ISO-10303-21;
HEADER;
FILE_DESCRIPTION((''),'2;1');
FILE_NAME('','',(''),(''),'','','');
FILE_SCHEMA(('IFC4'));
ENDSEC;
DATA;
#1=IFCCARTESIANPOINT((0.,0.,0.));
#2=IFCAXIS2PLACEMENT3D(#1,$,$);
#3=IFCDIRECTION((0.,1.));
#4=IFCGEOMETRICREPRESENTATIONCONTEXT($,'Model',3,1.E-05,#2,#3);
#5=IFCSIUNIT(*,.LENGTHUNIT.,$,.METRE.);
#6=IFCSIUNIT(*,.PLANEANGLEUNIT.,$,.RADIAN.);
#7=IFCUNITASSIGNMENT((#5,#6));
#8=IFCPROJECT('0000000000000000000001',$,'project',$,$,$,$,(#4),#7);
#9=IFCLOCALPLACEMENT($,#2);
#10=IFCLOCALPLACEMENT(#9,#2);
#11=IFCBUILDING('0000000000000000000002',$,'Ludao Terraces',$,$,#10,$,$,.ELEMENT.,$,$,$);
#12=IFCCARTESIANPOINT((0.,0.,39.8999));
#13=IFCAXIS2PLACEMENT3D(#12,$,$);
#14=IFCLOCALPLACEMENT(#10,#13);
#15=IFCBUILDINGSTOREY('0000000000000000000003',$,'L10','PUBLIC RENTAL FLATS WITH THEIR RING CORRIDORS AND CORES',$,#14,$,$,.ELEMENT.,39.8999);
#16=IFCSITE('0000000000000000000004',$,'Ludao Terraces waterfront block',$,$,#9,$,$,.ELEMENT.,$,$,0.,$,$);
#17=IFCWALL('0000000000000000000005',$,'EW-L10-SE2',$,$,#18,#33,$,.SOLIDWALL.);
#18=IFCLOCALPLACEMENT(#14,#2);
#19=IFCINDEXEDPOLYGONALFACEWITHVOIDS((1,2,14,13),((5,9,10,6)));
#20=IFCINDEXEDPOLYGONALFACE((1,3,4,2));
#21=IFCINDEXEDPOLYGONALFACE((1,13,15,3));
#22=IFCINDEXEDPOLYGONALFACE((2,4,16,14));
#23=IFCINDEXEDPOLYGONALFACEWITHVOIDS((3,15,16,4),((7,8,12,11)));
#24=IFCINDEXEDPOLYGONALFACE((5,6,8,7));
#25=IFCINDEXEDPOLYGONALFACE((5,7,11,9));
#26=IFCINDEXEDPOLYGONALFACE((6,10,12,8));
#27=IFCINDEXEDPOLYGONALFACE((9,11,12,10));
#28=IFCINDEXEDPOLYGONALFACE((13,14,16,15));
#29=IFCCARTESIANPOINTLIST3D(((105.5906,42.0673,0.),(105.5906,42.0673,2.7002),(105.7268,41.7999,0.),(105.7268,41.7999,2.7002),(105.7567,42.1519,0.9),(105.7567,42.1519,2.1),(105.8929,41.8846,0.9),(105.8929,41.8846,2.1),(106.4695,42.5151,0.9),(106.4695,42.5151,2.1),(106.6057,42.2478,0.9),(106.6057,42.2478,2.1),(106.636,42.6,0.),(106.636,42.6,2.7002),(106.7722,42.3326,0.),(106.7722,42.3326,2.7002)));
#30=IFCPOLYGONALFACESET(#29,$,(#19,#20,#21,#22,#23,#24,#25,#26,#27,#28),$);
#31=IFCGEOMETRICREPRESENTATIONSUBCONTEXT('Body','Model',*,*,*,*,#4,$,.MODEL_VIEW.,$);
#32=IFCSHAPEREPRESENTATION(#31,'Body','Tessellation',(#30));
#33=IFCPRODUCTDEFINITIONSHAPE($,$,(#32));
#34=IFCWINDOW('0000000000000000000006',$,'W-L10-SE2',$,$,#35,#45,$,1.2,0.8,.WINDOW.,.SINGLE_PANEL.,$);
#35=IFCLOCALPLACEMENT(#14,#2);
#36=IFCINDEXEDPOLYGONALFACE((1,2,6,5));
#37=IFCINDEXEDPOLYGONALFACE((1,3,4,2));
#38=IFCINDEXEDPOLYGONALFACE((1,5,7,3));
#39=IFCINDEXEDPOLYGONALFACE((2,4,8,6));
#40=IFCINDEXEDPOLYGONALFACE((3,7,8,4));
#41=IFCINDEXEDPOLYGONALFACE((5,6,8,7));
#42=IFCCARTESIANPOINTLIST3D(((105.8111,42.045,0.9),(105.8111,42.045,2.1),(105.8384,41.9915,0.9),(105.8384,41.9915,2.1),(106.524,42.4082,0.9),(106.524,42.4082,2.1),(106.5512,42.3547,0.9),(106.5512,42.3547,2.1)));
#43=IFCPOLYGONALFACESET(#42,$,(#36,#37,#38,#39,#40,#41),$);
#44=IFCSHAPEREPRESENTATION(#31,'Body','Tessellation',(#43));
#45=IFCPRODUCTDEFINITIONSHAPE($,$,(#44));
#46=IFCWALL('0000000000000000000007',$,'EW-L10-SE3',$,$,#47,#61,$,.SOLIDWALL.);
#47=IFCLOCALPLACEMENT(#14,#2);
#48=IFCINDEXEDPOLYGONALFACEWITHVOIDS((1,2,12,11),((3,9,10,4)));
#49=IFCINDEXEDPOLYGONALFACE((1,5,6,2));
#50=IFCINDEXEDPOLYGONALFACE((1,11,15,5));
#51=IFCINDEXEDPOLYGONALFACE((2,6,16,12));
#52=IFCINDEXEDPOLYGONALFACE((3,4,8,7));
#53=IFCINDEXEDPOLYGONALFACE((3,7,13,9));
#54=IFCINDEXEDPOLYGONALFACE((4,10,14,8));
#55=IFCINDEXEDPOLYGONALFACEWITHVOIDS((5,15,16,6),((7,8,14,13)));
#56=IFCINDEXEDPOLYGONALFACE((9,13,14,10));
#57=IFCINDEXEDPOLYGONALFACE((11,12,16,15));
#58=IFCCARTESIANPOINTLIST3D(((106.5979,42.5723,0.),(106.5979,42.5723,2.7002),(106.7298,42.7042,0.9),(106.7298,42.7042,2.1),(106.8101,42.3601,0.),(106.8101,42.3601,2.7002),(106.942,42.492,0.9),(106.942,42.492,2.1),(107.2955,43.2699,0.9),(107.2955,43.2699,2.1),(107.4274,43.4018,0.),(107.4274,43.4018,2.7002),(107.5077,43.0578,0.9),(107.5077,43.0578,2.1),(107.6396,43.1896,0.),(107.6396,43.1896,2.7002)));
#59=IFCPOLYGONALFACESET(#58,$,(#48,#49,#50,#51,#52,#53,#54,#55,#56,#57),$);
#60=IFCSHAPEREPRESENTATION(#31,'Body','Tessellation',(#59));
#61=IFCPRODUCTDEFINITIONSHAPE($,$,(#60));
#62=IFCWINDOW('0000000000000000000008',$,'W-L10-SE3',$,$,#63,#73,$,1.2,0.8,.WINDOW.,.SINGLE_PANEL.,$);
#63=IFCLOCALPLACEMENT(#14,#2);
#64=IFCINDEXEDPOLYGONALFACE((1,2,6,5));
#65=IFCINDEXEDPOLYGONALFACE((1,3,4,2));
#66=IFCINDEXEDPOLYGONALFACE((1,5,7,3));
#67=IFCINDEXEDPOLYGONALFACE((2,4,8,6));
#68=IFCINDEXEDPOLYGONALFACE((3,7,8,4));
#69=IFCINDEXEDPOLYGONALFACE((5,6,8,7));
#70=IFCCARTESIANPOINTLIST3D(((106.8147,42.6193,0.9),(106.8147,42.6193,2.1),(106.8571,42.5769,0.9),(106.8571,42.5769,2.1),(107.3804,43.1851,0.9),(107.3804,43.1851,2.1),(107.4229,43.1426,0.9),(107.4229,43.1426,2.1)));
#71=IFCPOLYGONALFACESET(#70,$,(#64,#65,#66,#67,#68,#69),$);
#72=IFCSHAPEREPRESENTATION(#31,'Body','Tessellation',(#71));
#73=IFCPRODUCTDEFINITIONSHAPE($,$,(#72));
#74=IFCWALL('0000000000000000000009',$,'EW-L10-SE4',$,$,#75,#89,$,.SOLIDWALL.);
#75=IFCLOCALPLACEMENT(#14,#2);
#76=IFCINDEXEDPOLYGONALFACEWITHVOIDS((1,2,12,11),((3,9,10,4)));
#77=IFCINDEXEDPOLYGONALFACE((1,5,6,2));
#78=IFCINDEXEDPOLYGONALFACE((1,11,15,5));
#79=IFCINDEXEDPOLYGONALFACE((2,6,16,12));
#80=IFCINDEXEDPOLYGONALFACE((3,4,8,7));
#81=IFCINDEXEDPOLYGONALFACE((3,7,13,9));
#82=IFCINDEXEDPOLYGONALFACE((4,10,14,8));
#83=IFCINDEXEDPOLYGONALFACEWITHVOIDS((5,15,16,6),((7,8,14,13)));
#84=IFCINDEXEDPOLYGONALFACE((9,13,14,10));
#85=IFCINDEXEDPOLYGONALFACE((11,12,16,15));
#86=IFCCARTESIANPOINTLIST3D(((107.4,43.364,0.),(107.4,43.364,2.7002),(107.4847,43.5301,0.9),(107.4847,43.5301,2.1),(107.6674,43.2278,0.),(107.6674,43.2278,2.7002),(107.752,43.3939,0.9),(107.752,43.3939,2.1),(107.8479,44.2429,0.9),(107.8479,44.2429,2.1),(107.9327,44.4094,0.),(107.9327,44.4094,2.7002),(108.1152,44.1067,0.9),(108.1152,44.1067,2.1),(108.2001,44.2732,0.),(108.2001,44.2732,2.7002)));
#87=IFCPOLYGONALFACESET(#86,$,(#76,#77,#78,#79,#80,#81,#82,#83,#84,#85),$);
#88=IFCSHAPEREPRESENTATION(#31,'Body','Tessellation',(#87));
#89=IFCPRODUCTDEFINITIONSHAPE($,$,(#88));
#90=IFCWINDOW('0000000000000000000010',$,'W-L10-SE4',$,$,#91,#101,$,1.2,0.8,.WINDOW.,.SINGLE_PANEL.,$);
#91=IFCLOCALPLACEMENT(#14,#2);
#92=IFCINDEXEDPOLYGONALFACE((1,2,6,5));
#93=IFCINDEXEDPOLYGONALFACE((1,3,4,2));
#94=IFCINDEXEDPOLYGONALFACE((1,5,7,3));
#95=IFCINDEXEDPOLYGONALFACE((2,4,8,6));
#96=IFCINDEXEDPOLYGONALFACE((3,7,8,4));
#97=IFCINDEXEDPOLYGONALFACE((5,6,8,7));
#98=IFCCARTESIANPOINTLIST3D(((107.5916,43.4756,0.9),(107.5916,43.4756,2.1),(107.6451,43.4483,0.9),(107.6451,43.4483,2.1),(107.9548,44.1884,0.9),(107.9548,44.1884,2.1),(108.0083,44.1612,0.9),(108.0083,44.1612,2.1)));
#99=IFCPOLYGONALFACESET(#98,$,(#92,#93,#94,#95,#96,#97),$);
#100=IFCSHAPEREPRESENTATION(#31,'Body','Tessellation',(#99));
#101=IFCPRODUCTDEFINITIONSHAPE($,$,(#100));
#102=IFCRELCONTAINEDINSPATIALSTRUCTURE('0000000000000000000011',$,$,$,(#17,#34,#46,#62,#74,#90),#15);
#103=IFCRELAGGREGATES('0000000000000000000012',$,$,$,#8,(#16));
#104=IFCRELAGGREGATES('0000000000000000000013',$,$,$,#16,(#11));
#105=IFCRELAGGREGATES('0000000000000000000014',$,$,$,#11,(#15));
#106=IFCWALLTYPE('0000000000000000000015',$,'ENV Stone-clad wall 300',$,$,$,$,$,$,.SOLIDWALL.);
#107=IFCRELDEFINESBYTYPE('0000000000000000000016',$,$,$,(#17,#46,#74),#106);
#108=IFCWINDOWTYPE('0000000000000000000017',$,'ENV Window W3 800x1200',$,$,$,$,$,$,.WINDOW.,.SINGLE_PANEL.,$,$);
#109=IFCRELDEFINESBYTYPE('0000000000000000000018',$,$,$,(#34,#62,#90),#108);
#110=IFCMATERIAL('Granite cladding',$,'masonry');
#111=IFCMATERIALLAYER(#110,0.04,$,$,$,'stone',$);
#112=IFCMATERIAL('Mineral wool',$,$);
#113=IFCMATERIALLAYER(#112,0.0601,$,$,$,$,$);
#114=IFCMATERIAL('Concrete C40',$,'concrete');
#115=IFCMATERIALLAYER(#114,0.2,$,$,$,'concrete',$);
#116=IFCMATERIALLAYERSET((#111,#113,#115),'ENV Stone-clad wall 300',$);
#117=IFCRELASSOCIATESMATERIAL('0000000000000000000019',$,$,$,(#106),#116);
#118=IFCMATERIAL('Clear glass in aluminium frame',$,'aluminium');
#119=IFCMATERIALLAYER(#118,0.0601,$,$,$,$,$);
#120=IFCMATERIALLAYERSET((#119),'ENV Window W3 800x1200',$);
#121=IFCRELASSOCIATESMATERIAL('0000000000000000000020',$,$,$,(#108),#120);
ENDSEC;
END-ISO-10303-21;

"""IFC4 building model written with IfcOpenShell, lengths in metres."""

from ifc_helpers import new_model, si_unit, direction, frame, frame_2d, origin, place, context, subcontext, project, spatial, rectangle, extrude, material, layer, layer_set, type_object, element, fill, save


model = new_model("IFC4")

# Units and contexts
model_context = context("Model", 3, precision=1e-05, world=origin(), true_north=direction((0.0, 1.0)))
body_context = subcontext(model_context, "Body", "Model", "MODEL_VIEW")
ifc_project = project(units=[si_unit("LENGTHUNIT", "METRE"), si_unit("PLANEANGLEUNIT", "RADIAN")], contexts=[model_context])

# Site, building, storey
site_placement = place(None, origin())
site = spatial("IfcSite", under=ifc_project, at=site_placement, Name="Ludao Terraces waterfront block", CompositionType="ELEMENT", RefElevation=0.0)
building_placement = place(site_placement, origin())
building = spatial("IfcBuilding", under=site, at=building_placement, Name="Ludao Terraces", CompositionType="ELEMENT")
storey_placement = place(building_placement, frame((0.0, 0.0, 39.8999)))
storey = spatial("IfcBuildingStorey", under=building, at=storey_placement, Name="L10", Description="PUBLIC RENTAL FLATS WITH THEIR RING CORRIDORS AND CORES", CompositionType="ELEMENT", Elevation=39.8999)

# Walls, openings, windows
ifc_material_1 = material(Name="Granite cladding", Category="masonry")
ifc_layer_1 = layer(ifc_material_1, 0.04, Category="stone")
ifc_material_2 = material(Name="Mineral wool")
ifc_layer_2 = layer(ifc_material_2, 0.0601)
ifc_material_3 = material(Name="Concrete C40", Category="concrete")
ifc_layer_3 = layer(ifc_material_3, 0.2, Category="concrete")
ifc_layer_set_1 = layer_set([ifc_layer_1, ifc_layer_2, ifc_layer_3], Name="ENV Stone-clad wall 300")
wall_type = type_object("IfcWallType", Name="ENV Stone-clad wall 300", PredefinedType="SOLIDWALL", material=ifc_layer_set_1)
wall_1_placement = place(storey_placement, frame((105.6587, 41.9336, 0.0), z_axis=(0.0, 0.0, 1.0), x_axis=(0.890989, 0.454026, 0.0)))
wall_1 = element("IfcWall", 1, at=wall_1_placement, inside=storey, type_object=wall_type, Name="EW-L10-SE2", PredefinedType="SOLIDWALL", context=body_context, shape_type="SweptSolid", body=[
    extrude(rectangle(XDim=1.1733, YDim=0.3, at=frame_2d((0.5867, 0.0))), origin(), (0.0, 0.0, 1.0), 2.7002),
])
opening_1_placement = place(wall_1_placement, frame((0.1865, 0.0, 0.8999)))
opening_1 = element("IfcOpeningElement", 2, at=opening_1_placement, cuts=wall_1, PredefinedType="OPENING", context=body_context, shape_type="SweptSolid", body=[
    extrude(rectangle(XDim=0.8, YDim=1.2, at=frame_2d((0.3999, 0.6001))), frame((0.0, 0.1602, 0.0), z_axis=(0.0, -1.0, 0.0), x_axis=(1.0, 0.0, 0.0)), (0.0, 0.0, 1.0), 0.3201),
])
ifc_material_4 = material(Name="Clear glass in aluminium frame", Category="aluminium")
ifc_layer_4 = layer(ifc_material_4, 0.0601)
ifc_layer_set_2 = layer_set([ifc_layer_4], Name="ENV Window W3 800x1200")
window_type = type_object("IfcWindowType", Name="ENV Window W3 800x1200", PartitioningType="SINGLE_PANEL", PredefinedType="WINDOW", material=ifc_layer_set_2)
window_1_placement = place(opening_1_placement, origin())
window_1 = element("IfcWindow", 3, at=window_1_placement, inside=storey, type_object=window_type, Name="W-L10-SE2", OverallHeight=1.2, OverallWidth=0.8, PartitioningType="SINGLE_PANEL", PredefinedType="WINDOW", context=body_context, shape_type="SweptSolid", body=[
    extrude(rectangle(XDim=0.8, YDim=1.2, at=frame_2d((0.3999, 0.6001))), frame((0.0, 0.03, 0.0), z_axis=(0.0, -1.0, 0.0), x_axis=(1.0, 0.0, 0.0)), (0.0, 0.0, 1.0), 0.0601),
])
fill(opening_1, window_1)
wall_2_placement = place(storey_placement, frame((106.7041, 42.4663, 0.0), z_axis=(0.0, 0.0, 1.0), x_axis=(0.707107, 0.707107, 0.0)))
wall_2 = element("IfcWall", 4, at=wall_2_placement, inside=storey, type_object=wall_type, Name="EW-L10-SE3", PredefinedType="SOLIDWALL", context=body_context, shape_type="SweptSolid", body=[
    extrude(rectangle(XDim=1.1731, YDim=0.3, at=frame_2d((0.5864, 0.0))), origin(), (0.0, 0.0, 1.0), 2.7002),
])
opening_2_placement = place(wall_2_placement, frame((0.1865, 0.0, 0.8999)))
opening_2 = element("IfcOpeningElement", 5, at=opening_2_placement, cuts=wall_2, PredefinedType="OPENING", context=body_context, shape_type="SweptSolid", body=[
    extrude(rectangle(XDim=0.8, YDim=1.2, at=frame_2d((0.3999, 0.6001))), frame((0.0, 0.1602, 0.0), z_axis=(0.0, -1.0, 0.0), x_axis=(1.0, 0.0, 0.0)), (0.0, 0.0, 1.0), 0.3201),
])
window_2_placement = place(opening_2_placement, origin())
window_2 = element("IfcWindow", 6, at=window_2_placement, inside=storey, type_object=window_type, Name="W-L10-SE3", OverallHeight=1.2, OverallWidth=0.8, PartitioningType="SINGLE_PANEL", PredefinedType="WINDOW", context=body_context, shape_type="SweptSolid", body=[
    extrude(rectangle(XDim=0.8, YDim=1.2, at=frame_2d((0.3999, 0.6001))), frame((0.0, 0.03, 0.0), z_axis=(0.0, -1.0, 0.0), x_axis=(1.0, 0.0, 0.0)), (0.0, 0.0, 1.0), 0.0601),
])
fill(opening_2, window_2)
wall_3_placement = place(storey_placement, frame((107.5337, 43.2959, 0.0), z_axis=(0.0, 0.0, 1.0), x_axis=(0.454026, 0.890989, 0.0)))
wall_3 = element("IfcWall", 7, at=wall_3_placement, inside=storey, type_object=wall_type, Name="EW-L10-SE4", PredefinedType="SOLIDWALL", context=body_context, shape_type="SweptSolid", body=[
    extrude(rectangle(XDim=1.1733, YDim=0.3, at=frame_2d((0.5867, 0.0))), origin(), (0.0, 0.0, 1.0), 2.7002),
])
opening_3_placement = place(wall_3_placement, frame((0.1865, 0.0, 0.8999)))
opening_3 = element("IfcOpeningElement", 8, at=opening_3_placement, cuts=wall_3, PredefinedType="OPENING", context=body_context, shape_type="SweptSolid", body=[
    extrude(rectangle(XDim=0.8, YDim=1.2, at=frame_2d((0.3999, 0.6001))), frame((0.0, 0.1602, 0.0), z_axis=(0.0, -1.0, 0.0), x_axis=(1.0, 0.0, 0.0)), (0.0, 0.0, 1.0), 0.3201),
])
window_3_placement = place(opening_3_placement, origin())
window_3 = element("IfcWindow", 9, at=window_3_placement, inside=storey, type_object=window_type, Name="W-L10-SE4", OverallHeight=1.2, OverallWidth=0.8, PartitioningType="SINGLE_PANEL", PredefinedType="WINDOW", context=body_context, shape_type="SweptSolid", body=[
    extrude(rectangle(XDim=0.8, YDim=1.2, at=frame_2d((0.3999, 0.6001))), frame((0.0, 0.03, 0.0), z_axis=(0.0, -1.0, 0.0), x_axis=(1.0, 0.0, 0.0)), (0.0, 0.0, 1.0), 0.0601),
])
fill(opening_3, window_3)

save(model, "model.ifc")
